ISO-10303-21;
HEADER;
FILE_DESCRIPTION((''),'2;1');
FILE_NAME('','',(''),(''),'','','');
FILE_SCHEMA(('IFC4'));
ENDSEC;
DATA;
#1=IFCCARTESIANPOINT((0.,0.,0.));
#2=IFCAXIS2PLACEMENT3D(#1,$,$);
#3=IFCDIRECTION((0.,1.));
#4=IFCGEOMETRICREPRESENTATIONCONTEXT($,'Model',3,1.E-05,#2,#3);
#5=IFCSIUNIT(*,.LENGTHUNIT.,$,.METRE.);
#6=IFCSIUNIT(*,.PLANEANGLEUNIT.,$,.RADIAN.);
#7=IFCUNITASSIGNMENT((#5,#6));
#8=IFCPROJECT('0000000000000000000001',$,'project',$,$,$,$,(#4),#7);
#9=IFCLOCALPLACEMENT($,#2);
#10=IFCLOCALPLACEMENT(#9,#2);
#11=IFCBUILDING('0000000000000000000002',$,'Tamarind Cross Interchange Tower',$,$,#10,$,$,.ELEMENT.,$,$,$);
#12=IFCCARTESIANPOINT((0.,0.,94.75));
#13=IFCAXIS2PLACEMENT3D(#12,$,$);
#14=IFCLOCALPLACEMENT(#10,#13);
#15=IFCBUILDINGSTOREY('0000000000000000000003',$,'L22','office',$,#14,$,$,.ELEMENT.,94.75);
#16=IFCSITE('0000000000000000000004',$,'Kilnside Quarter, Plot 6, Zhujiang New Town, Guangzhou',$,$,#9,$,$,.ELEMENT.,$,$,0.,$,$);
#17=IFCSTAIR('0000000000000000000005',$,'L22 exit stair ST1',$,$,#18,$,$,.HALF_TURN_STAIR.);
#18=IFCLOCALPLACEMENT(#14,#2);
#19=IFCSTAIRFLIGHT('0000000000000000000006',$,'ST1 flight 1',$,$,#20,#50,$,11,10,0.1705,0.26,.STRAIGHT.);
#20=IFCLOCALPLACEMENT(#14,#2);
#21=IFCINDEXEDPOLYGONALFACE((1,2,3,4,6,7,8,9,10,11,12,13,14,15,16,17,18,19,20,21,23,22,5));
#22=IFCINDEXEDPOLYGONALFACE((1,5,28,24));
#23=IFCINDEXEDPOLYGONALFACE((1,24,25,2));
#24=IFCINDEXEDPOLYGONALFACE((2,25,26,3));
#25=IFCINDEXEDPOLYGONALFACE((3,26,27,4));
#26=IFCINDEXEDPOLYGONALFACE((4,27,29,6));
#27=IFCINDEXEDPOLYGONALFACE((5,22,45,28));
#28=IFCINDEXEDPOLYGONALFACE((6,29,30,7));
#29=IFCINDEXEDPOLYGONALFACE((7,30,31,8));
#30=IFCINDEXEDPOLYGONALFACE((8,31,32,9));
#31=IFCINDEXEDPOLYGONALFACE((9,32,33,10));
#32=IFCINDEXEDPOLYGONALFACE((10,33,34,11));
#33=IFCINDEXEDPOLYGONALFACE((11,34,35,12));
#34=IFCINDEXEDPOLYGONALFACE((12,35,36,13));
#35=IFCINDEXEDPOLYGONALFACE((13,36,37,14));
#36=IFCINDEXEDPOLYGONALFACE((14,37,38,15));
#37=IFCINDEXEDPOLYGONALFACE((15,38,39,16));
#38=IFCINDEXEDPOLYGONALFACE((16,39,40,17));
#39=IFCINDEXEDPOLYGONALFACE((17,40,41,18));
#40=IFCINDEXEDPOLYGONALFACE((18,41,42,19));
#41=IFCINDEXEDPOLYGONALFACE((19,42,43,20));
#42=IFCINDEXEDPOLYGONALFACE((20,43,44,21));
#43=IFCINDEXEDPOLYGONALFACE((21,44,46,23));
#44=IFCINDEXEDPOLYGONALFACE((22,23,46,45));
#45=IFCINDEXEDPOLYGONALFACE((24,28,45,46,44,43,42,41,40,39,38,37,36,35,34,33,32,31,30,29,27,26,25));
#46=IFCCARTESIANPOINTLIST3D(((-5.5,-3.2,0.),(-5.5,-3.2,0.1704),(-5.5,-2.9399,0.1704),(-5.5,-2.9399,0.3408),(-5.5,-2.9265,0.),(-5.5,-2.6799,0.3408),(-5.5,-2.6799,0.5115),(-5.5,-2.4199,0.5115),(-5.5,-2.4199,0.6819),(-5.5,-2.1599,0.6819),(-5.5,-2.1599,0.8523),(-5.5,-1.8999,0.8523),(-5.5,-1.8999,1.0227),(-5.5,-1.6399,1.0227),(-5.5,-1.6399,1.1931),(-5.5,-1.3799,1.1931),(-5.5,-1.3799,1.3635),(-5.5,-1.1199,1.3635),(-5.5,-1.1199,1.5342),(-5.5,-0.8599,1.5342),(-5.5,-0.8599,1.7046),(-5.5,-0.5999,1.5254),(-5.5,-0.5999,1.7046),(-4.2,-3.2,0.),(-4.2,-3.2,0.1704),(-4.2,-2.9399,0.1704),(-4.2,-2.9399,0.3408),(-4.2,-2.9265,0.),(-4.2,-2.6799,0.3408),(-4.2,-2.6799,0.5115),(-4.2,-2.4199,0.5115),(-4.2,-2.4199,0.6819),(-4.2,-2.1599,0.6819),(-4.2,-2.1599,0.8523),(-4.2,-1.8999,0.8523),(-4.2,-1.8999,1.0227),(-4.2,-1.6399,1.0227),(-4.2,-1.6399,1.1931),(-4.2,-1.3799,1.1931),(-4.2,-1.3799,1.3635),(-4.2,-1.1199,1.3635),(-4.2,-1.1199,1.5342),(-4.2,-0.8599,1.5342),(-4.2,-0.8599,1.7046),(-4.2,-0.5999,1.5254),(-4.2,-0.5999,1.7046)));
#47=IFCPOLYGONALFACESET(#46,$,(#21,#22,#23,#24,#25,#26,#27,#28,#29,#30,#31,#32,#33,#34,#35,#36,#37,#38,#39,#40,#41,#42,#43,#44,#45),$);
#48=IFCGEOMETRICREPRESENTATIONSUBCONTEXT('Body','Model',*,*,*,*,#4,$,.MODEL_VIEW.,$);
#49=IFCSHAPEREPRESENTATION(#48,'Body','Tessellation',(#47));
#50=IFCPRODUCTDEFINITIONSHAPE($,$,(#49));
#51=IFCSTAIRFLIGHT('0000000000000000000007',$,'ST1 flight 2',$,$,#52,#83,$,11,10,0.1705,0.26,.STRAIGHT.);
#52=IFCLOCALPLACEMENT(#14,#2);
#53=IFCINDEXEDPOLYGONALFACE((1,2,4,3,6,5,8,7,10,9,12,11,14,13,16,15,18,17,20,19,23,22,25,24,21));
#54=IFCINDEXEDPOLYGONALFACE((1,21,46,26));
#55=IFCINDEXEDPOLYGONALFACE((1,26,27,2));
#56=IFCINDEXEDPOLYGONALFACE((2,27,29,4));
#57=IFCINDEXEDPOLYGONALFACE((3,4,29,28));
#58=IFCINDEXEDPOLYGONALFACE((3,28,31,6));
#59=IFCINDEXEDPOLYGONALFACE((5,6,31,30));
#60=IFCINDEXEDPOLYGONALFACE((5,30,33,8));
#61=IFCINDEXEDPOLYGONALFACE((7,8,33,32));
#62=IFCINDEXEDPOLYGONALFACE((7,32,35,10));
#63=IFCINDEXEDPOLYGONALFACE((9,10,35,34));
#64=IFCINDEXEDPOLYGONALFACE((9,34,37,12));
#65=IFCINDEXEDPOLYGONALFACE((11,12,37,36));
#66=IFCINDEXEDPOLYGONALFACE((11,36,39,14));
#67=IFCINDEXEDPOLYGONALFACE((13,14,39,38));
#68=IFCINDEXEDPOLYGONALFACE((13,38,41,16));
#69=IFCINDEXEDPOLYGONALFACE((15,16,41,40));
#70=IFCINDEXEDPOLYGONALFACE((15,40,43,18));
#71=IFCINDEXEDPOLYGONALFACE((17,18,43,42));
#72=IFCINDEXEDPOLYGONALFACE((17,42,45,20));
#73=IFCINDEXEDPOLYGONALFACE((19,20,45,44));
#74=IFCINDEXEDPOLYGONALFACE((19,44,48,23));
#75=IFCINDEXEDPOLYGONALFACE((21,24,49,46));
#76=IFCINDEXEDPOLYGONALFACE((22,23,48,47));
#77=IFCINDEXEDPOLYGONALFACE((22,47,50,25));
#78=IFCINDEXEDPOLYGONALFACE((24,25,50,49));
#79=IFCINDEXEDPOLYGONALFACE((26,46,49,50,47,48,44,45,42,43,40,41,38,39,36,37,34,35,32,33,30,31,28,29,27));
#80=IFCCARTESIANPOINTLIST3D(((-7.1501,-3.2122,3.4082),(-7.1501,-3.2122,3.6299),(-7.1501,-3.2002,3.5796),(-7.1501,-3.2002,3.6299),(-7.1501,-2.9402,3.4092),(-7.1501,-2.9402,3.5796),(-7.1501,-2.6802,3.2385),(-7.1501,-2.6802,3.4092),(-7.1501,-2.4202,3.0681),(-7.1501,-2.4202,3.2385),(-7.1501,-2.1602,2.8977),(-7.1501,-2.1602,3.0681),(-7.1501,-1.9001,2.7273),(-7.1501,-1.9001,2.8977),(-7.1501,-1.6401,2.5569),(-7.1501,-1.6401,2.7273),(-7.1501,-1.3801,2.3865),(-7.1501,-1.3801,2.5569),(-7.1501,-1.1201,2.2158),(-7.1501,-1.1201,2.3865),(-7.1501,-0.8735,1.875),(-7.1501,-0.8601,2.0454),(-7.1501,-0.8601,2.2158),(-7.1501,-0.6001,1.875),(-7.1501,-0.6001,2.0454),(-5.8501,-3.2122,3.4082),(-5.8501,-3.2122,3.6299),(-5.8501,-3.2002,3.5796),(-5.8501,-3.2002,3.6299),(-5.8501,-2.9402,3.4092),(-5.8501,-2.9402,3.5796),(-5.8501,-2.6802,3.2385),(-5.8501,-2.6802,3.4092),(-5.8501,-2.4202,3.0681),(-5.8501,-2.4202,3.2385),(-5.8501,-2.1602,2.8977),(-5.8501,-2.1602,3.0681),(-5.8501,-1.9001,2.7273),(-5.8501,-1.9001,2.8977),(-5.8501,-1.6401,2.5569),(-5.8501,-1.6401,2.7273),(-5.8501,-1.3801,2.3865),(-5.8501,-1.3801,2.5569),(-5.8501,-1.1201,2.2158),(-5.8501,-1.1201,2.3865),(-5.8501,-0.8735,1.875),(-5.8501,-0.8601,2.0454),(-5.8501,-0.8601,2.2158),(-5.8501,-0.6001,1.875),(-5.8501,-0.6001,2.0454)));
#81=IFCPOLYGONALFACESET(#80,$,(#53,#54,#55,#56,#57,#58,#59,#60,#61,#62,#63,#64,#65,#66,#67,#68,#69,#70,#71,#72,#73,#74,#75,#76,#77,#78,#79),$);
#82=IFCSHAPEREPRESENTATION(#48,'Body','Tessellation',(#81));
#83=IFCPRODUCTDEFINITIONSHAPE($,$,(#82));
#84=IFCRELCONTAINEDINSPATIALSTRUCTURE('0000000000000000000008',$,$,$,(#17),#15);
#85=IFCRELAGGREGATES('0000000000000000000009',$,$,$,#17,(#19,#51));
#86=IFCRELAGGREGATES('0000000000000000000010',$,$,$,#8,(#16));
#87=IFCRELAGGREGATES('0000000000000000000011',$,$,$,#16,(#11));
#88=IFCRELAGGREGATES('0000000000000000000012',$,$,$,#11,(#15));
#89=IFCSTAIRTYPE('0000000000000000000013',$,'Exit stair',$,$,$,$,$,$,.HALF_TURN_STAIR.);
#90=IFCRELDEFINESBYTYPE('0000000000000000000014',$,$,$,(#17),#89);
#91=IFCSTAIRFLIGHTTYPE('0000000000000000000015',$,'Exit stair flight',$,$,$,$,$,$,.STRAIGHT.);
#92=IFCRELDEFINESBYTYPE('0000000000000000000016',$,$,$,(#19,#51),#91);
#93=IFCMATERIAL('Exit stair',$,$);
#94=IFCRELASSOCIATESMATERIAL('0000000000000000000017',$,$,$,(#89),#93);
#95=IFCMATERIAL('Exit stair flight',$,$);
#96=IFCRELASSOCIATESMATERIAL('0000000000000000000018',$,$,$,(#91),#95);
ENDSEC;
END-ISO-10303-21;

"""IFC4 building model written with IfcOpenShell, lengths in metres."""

from ifc_helpers import new_model, si_unit, direction, frame, origin, place, context, subcontext, project, spatial, polyline, outline, extrude, material, type_object, element, aggregate, save


model = new_model("IFC4")

# Units and contexts
model_context = context("Model", 3, precision=1e-05, world=origin(), true_north=direction((0.0, 1.0)))
body_context = subcontext(model_context, "Body", "Model", "MODEL_VIEW")
ifc_project = project(units=[si_unit("LENGTHUNIT", "METRE"), si_unit("PLANEANGLEUNIT", "RADIAN")], contexts=[model_context])

# Site, building, storey
site_placement = place(None, origin())
site = spatial("IfcSite", under=ifc_project, at=site_placement, Name="Kilnside Quarter, Plot 6, Zhujiang New Town, Guangzhou", CompositionType="ELEMENT", RefElevation=0.0)
building_placement = place(site_placement, origin())
building = spatial("IfcBuilding", under=site, at=building_placement, Name="Tamarind Cross Interchange Tower", CompositionType="ELEMENT")
storey_placement = place(building_placement, frame((0.0, 0.0, 94.75)))
storey = spatial("IfcBuildingStorey", under=building, at=storey_placement, Name="L22", Description="office", CompositionType="ELEMENT", Elevation=94.75)

# Stair, stair flights
ifc_material_1 = material(Name="Exit stair")
stair_type = type_object("IfcStairType", Name="Exit stair", PredefinedType="HALF_TURN_STAIR", material=ifc_material_1)
stair_placement = place(storey_placement, origin())
stair = element("IfcStair", 1, at=stair_placement, inside=storey, type_object=stair_type, Name="L22 exit stair ST1", PredefinedType="HALF_TURN_STAIR")
ifc_material_2 = material(Name="Exit stair flight")
stair_flight_type = type_object("IfcStairFlightType", Name="Exit stair flight", PredefinedType="STRAIGHT", material=ifc_material_2)
stair_flight_1_placement = place(storey_placement, frame((-4.8501, -3.2, 0.0), z_axis=(0.0, 0.0, 1.0), x_axis=(0.0, 1.0, 0.0)))
stair_flight_1 = element("IfcStairFlight", 2, at=stair_flight_1_placement, type_object=stair_flight_type, Name="ST1 flight 1", NumberOfRisers=11, NumberOfTreads=10, PredefinedType="STRAIGHT", RiserHeight=0.1705, TreadLength=0.26, context=body_context, shape_type="SweptSolid", body=[
    extrude(outline(polyline([(0.0, 0.0), (0.0, 0.1704), (0.26, 0.1704), (0.26, 0.3408), (0.52, 0.3408), (0.52, 0.5115), (0.78, 0.5115), (0.78, 0.6819), (1.04, 0.6819), (1.04, 0.8523), (1.3, 0.8523), (1.3, 1.0227), (1.5601, 1.0227), (1.5601, 1.1931), (1.8201, 1.1931), (1.8201, 1.3635), (2.0801, 1.3635), (2.0801, 1.5342), (2.3401, 1.5342), (2.3401, 1.7046), (2.6001, 1.7046), (2.6001, 1.875), (2.6001, 1.5254), (0.2734, 0.0), (0.0, 0.0)])), frame((0.0, 0.6499, 0.0), z_axis=(0.0, -1.0, 0.0), x_axis=(1.0, 0.0, 0.0)), (0.0, 0.0, 1.0), 1.3),
])
stair_flight_2_placement = place(storey_placement, frame((-6.5, -0.6001, 1.875), z_axis=(0.0, 0.0, 1.0), x_axis=(0.0, -1.0, 0.0)))
stair_flight_2 = element("IfcStairFlight", 3, at=stair_flight_2_placement, type_object=stair_flight_type, Name="ST1 flight 2", NumberOfRisers=11, NumberOfTreads=10, PredefinedType="STRAIGHT", RiserHeight=0.1705, TreadLength=0.26, context=body_context, shape_type="SweptSolid", body=[
    extrude(outline(polyline([(0.0, 0.0), (0.0, 0.1704), (0.26, 0.1704), (0.26, 0.3408), (0.52, 0.3408), (0.52, 0.5115), (0.78, 0.5115), (0.78, 0.6819), (1.04, 0.6819), (1.04, 0.8523), (1.3, 0.8523), (1.3, 1.0227), (1.5601, 1.0227), (1.5601, 1.1931), (1.8201, 1.1931), (1.8201, 1.3635), (2.0801, 1.3635), (2.0801, 1.5342), (2.3401, 1.5342), (2.3401, 1.7046), (2.6001, 1.7046), (2.6001, 1.7549), (2.6121, 1.7549), (2.6121, 1.5332), (0.2734, 0.0), (0.0, 0.0)])), frame((0.0, 0.6499, 0.0), z_axis=(0.0, -1.0, 0.0), x_axis=(1.0, 0.0, 0.0)), (0.0, 0.0, 1.0), 1.3),
])
aggregate(stair, [stair_flight_1, stair_flight_2])

save(model, "model.ifc")
